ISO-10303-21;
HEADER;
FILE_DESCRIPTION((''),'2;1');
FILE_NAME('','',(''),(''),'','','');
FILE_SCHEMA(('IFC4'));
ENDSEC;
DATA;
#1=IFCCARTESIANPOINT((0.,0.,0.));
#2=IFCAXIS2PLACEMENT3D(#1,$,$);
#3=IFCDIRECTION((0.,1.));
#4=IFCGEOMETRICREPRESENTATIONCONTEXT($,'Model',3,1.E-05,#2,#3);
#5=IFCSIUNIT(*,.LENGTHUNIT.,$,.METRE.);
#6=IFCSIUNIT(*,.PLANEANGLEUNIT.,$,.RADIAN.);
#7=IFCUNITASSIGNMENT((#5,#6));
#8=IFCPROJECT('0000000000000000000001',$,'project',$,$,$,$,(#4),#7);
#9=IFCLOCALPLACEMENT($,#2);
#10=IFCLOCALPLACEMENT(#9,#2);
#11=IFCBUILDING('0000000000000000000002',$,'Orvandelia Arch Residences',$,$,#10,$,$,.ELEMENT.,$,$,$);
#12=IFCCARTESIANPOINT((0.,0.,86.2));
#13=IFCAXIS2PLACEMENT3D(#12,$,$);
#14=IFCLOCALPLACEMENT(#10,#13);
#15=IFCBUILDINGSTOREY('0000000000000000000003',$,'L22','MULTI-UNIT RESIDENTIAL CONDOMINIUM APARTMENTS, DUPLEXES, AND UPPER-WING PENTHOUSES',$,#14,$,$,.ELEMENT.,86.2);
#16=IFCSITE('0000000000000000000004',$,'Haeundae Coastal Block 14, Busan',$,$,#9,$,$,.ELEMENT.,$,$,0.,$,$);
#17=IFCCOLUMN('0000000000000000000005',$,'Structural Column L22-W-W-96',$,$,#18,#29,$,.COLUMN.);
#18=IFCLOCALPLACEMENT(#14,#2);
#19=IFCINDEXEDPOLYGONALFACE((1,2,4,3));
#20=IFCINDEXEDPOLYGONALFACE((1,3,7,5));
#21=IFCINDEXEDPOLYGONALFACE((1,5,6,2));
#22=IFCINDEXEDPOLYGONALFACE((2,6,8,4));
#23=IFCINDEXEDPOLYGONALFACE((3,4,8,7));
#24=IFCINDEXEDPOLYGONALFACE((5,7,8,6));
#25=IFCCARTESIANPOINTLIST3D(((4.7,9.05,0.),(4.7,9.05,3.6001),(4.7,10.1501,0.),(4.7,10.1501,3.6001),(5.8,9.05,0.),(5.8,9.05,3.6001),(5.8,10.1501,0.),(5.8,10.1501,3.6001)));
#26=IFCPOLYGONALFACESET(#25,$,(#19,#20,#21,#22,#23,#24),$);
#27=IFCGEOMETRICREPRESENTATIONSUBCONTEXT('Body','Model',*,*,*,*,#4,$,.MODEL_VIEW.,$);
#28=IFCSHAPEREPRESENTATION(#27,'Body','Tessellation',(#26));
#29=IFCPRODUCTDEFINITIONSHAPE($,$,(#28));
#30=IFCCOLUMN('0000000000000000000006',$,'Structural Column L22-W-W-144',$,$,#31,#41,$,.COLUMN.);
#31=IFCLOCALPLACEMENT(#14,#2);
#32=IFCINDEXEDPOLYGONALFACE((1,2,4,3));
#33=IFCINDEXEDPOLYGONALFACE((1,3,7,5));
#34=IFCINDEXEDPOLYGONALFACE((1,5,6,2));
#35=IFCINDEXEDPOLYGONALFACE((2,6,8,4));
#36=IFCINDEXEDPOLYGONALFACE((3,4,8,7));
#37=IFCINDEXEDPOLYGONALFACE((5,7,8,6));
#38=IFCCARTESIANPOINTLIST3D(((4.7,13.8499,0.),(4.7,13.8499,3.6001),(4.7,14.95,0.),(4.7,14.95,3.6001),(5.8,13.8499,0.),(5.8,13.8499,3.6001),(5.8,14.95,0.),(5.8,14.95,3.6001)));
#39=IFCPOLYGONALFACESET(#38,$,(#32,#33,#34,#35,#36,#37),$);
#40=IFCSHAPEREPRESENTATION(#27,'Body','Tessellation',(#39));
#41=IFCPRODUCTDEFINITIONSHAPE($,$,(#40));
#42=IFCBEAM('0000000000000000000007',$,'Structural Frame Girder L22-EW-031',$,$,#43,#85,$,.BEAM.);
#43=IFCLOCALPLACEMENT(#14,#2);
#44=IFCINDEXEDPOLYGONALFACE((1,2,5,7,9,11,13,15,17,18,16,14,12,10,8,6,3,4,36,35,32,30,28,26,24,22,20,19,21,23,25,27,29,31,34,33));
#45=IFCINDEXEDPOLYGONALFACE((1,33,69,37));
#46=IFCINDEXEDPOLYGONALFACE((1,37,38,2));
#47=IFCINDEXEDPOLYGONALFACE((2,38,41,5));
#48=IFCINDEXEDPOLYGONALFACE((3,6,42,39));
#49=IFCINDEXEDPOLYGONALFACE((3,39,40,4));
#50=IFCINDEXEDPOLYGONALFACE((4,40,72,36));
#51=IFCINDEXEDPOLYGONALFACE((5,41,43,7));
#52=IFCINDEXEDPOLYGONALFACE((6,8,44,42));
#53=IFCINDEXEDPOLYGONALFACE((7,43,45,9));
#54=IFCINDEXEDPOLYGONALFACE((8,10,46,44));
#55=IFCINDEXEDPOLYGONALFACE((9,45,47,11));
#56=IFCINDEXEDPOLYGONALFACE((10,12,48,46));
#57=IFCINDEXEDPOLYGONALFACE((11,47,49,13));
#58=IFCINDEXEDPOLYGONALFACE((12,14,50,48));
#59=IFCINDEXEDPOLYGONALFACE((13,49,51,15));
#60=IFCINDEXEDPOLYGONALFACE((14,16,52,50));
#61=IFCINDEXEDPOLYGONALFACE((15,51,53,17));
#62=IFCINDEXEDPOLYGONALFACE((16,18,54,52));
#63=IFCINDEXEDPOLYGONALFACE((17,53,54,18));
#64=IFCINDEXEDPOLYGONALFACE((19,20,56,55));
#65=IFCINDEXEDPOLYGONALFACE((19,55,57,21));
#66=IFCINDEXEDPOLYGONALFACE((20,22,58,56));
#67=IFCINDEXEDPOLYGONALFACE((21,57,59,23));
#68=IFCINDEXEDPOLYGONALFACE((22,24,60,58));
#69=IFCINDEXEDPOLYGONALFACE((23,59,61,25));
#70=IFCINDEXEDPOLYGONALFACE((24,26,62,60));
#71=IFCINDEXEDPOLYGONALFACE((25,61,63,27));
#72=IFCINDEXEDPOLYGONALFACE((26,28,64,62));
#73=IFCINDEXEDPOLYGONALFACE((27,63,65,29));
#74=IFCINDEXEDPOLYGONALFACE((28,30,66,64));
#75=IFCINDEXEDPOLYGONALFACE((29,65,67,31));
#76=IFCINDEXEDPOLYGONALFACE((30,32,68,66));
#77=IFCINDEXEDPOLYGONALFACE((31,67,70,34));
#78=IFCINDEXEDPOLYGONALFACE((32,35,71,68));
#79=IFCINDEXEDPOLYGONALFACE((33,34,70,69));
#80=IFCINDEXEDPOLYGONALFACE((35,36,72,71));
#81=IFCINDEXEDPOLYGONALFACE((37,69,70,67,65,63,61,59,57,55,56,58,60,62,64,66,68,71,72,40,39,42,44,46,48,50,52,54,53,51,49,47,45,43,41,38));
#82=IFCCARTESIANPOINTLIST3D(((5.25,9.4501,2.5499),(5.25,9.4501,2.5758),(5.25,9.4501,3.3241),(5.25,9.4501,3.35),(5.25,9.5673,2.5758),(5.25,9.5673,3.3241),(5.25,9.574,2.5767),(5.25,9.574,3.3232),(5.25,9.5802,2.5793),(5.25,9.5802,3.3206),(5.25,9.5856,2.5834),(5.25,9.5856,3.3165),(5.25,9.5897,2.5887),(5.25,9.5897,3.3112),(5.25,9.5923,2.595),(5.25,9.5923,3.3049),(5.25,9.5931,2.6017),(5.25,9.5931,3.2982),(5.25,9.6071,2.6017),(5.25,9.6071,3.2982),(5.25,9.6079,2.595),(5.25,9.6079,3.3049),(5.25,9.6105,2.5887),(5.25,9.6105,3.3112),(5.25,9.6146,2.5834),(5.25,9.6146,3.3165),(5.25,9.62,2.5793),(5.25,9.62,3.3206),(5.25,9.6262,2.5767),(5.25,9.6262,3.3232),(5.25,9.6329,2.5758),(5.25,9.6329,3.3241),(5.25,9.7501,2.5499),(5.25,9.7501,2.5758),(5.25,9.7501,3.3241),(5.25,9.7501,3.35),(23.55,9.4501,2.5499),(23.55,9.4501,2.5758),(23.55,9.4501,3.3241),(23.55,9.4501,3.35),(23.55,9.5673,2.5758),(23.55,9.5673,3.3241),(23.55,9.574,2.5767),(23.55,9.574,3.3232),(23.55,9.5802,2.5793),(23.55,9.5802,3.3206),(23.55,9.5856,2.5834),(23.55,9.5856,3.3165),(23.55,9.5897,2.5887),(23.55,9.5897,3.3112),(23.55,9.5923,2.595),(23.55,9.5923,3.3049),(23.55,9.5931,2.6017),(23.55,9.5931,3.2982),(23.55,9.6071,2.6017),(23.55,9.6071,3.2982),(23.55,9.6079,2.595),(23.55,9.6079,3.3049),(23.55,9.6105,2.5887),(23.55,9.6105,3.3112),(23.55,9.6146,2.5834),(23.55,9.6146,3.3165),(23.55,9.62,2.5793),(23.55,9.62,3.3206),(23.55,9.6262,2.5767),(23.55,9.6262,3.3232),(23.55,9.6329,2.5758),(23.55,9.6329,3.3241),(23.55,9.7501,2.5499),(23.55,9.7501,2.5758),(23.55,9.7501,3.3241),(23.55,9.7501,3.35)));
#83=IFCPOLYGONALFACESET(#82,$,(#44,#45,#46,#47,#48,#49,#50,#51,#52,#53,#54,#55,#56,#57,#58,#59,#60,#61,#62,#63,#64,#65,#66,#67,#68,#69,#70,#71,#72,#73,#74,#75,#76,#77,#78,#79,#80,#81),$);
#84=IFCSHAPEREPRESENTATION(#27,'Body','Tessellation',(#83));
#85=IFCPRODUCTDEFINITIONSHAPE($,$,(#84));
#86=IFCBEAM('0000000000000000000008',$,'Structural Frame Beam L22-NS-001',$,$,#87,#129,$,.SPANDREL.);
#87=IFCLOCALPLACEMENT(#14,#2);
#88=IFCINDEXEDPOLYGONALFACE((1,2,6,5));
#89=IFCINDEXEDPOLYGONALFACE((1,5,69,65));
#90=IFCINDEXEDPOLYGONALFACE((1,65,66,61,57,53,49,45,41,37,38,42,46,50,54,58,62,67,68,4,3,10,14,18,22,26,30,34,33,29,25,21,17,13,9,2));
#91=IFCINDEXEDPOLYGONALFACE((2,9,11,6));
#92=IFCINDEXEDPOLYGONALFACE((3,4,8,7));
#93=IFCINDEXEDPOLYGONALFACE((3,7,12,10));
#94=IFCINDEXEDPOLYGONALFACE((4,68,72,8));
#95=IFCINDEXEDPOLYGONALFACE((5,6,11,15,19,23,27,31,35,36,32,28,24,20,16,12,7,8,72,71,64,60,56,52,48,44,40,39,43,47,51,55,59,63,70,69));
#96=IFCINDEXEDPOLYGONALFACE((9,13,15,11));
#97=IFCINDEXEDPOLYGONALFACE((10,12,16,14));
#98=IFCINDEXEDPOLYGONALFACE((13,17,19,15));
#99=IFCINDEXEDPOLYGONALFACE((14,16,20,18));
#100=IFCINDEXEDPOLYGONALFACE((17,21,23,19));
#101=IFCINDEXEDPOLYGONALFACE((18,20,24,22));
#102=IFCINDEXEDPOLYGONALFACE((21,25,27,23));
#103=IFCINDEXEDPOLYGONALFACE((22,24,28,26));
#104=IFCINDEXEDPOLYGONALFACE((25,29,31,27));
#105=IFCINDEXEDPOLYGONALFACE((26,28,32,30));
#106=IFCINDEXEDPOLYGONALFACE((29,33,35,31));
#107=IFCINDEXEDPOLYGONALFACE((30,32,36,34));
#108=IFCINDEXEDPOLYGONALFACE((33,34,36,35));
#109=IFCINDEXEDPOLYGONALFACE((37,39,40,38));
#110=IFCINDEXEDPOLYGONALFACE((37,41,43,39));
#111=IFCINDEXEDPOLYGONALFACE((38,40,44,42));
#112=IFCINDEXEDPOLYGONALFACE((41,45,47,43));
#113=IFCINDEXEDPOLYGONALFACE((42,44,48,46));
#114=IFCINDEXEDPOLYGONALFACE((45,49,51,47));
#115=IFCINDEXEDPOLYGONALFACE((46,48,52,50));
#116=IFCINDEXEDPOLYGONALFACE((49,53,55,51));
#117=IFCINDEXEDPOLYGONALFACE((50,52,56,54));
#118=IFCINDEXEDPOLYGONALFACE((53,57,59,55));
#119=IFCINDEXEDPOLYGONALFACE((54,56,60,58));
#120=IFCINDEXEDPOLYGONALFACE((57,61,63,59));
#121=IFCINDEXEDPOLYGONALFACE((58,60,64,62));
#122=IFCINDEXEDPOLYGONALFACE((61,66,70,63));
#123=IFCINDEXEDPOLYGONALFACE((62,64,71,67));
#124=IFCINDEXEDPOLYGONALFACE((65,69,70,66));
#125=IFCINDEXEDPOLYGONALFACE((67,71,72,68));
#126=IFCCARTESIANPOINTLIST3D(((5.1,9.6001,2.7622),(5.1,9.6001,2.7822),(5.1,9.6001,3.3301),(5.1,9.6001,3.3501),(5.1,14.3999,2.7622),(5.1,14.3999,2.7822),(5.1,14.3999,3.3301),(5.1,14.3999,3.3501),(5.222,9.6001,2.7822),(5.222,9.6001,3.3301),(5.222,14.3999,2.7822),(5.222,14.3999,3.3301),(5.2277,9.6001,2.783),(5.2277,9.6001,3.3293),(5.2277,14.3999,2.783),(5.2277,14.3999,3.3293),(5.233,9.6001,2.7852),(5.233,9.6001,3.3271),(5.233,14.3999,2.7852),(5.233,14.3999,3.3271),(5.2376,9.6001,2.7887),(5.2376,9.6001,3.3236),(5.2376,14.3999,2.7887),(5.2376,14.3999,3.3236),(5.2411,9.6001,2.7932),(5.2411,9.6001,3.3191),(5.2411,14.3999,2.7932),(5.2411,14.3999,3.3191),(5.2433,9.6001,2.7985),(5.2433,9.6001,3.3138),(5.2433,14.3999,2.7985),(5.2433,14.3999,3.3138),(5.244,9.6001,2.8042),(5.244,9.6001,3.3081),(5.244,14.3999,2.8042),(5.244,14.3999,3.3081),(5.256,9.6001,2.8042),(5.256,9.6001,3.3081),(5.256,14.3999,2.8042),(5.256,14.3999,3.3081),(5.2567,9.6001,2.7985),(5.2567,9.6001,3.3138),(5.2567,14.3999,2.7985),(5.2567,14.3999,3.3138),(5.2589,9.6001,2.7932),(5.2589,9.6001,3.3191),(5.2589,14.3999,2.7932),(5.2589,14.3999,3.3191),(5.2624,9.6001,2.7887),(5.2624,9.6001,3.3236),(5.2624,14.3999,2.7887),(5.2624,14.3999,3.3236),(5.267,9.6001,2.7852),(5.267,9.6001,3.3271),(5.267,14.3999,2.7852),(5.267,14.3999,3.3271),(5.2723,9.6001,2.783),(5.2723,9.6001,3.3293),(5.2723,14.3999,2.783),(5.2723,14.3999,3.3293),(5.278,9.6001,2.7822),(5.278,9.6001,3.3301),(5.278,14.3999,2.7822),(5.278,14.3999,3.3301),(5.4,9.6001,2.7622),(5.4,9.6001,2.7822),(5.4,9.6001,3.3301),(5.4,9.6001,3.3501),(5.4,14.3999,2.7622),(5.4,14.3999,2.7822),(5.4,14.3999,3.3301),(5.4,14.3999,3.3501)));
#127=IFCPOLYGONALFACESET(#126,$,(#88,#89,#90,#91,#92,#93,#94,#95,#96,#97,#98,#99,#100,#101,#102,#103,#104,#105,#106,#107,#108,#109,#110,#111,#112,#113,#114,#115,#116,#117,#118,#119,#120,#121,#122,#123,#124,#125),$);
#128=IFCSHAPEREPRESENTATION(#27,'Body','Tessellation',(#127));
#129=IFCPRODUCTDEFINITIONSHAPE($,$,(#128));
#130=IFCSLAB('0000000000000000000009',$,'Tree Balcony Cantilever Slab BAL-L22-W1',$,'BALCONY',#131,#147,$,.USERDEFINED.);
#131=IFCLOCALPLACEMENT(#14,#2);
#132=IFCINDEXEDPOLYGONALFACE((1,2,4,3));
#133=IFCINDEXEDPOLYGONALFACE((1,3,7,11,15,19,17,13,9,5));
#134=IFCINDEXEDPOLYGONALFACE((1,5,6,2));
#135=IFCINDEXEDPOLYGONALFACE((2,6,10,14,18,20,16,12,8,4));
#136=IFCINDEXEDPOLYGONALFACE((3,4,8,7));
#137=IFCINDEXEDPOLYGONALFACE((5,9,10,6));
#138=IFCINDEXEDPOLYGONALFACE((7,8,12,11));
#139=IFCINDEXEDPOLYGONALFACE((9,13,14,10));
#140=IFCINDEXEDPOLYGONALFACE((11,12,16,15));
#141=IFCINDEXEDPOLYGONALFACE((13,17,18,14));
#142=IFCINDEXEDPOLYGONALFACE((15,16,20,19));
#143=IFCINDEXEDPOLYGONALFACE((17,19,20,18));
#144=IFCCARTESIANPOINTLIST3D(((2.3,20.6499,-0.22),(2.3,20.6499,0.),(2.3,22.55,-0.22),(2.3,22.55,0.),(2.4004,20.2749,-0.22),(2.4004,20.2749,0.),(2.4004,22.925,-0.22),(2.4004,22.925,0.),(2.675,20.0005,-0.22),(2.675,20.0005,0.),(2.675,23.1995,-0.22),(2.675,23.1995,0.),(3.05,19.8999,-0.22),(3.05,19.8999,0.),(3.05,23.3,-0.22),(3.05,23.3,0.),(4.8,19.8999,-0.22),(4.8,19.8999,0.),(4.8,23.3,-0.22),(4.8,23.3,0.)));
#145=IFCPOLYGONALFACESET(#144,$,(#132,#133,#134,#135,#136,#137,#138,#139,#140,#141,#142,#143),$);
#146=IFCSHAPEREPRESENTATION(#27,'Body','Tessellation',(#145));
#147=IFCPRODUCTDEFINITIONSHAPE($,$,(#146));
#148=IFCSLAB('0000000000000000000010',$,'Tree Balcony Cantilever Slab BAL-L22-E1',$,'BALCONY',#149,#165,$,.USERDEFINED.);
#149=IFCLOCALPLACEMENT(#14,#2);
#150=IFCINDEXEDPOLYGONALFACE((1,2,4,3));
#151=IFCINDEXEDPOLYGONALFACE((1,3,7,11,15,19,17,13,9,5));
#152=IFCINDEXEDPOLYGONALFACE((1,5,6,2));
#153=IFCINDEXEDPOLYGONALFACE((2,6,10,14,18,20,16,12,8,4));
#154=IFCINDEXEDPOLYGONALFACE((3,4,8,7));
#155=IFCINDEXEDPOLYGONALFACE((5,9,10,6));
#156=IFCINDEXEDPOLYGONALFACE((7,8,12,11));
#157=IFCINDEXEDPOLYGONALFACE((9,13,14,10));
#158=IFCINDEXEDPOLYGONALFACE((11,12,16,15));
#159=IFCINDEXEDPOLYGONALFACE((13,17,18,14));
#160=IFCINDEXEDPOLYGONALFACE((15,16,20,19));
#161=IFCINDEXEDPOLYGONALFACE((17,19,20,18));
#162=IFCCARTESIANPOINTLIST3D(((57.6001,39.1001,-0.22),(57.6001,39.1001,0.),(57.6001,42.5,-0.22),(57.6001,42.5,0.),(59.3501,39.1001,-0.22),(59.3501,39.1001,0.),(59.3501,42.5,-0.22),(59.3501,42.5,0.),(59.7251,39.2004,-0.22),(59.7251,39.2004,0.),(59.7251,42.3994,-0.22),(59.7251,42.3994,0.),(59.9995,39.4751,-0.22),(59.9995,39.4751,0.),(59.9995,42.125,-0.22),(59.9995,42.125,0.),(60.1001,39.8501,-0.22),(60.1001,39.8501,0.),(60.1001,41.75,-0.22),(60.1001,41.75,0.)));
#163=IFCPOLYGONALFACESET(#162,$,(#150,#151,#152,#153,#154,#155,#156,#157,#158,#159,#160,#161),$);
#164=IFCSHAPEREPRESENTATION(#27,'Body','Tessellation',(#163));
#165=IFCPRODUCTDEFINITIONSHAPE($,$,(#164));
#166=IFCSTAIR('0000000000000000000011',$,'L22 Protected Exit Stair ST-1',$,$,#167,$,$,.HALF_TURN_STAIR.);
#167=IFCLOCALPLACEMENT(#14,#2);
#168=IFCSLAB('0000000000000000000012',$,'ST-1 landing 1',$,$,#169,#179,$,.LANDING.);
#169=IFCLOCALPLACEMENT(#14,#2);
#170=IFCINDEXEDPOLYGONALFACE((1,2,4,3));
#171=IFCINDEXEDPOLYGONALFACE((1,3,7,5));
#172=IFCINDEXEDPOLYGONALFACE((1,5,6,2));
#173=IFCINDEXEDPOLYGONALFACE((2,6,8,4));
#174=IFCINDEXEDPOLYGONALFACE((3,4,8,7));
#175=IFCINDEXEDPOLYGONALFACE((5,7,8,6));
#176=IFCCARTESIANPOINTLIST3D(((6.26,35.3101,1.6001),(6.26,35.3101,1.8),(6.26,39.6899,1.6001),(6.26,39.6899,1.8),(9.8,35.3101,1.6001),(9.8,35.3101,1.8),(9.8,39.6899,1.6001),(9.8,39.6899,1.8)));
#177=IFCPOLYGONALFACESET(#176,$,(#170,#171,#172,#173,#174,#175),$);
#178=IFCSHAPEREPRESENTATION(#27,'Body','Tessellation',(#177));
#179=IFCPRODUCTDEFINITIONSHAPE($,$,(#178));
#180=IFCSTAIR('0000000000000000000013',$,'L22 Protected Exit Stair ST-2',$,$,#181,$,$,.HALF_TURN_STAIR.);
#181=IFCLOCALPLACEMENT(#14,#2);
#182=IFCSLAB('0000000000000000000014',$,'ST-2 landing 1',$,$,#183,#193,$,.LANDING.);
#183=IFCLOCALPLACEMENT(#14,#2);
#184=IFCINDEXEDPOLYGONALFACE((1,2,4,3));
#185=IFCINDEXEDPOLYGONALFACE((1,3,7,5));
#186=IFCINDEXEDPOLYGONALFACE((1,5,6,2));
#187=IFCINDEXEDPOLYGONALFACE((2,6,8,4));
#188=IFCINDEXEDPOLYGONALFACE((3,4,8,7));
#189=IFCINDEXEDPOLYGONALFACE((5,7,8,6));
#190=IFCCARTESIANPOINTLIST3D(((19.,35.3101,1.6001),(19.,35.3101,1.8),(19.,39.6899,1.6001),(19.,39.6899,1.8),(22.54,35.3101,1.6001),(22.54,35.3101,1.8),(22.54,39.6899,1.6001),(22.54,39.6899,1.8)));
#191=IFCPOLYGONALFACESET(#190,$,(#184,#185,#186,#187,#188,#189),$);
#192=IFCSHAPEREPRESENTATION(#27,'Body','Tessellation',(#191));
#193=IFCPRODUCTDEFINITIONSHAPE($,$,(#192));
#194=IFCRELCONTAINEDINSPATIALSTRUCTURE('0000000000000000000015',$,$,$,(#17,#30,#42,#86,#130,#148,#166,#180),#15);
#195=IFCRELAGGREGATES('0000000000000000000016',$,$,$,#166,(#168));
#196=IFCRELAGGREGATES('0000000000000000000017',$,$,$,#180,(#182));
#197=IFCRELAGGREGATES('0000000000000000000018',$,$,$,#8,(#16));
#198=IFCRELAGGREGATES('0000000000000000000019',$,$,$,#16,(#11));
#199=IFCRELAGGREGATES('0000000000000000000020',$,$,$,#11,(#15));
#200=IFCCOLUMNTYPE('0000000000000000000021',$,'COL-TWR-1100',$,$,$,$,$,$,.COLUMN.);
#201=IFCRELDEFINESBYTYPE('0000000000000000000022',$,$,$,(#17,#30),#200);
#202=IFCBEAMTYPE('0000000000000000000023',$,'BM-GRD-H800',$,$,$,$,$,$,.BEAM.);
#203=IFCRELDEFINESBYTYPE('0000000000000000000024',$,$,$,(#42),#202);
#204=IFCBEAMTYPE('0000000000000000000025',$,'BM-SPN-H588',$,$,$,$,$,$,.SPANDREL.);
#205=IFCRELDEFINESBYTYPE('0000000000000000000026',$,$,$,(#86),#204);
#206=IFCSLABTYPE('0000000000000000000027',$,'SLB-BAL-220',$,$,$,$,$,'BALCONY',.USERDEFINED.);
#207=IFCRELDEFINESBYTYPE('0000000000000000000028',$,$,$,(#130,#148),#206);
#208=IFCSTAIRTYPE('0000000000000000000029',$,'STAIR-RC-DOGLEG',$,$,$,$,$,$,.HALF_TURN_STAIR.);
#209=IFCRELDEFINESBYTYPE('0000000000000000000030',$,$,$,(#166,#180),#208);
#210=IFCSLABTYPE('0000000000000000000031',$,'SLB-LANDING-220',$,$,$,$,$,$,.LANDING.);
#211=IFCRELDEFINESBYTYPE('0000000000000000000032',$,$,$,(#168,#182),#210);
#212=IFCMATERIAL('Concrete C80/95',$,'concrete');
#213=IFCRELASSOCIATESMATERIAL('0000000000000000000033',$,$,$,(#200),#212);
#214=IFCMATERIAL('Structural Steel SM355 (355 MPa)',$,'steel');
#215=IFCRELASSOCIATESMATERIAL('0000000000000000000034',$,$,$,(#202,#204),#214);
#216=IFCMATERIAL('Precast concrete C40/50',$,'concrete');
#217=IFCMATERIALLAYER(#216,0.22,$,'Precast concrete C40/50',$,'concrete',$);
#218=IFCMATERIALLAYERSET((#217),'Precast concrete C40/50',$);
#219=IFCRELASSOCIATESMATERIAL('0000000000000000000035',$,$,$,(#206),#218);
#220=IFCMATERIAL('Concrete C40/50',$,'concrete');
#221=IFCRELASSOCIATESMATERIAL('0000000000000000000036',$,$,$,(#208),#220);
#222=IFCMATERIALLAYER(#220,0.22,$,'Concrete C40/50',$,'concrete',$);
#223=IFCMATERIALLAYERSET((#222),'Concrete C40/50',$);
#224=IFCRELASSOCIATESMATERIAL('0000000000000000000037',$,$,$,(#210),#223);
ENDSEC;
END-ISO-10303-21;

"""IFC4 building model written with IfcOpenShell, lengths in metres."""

from ifc_helpers import new_model, si_unit, direction, frame, origin, origin_2d, place, context, subcontext, project, spatial, polyline, rectangle, i_section, outline, extrude, material, layer, layer_set, material_profile, profile_set, type_object, element, aggregate, save


model = new_model("IFC4")

# Units and contexts
model_context = context("Model", 3, precision=1e-05, world=origin(), true_north=direction((0.0, 1.0)))
body_context = subcontext(model_context, "Body", "Model", "MODEL_VIEW")
ifc_project = project(units=[si_unit("LENGTHUNIT", "METRE"), si_unit("PLANEANGLEUNIT", "RADIAN")], contexts=[model_context])

# Site, building, storey
site_placement = place(None, origin())
site = spatial("IfcSite", under=ifc_project, at=site_placement, Name="Haeundae Coastal Block 14, Busan", CompositionType="ELEMENT", RefElevation=0.0)
building_placement = place(site_placement, origin())
building = spatial("IfcBuilding", under=site, at=building_placement, Name="Orvandelia Arch Residences", CompositionType="ELEMENT")
storey_placement = place(building_placement, frame((0.0, 0.0, 86.2)))
storey = spatial("IfcBuildingStorey", under=building, at=storey_placement, Name="L22", Description="MULTI-UNIT RESIDENTIAL CONDOMINIUM APARTMENTS, DUPLEXES, AND UPPER-WING PENTHOUSES", CompositionType="ELEMENT", Elevation=86.2)

# Columns
ifc_material_1 = material(Name="Concrete C80/95", Category="concrete")
ifc_material_profile_1 = material_profile(ifc_material_1, rectangle(XDim=1.1001, YDim=1.1001, at=origin_2d()), Name="Concrete C80/95", Category="concrete")
ifc_profile_set_1 = profile_set([ifc_material_profile_1], Name="Concrete C80/95")
column_type = type_object("IfcColumnType", Name="COL-TWR-1100", PredefinedType="COLUMN", material=ifc_profile_set_1)
for number, where, z_axis, x_axis, name in (
    (1, (5.25, 9.6001, 0.0), (0.0, 0.0, 1.0), (1.0, 0.0, 0.0), "Structural Column L22-W-W-96"),
    (2, (5.25, 14.3999, 0.0), (0.0, 0.0, 1.0), (1.0, 0.0, 0.0), "Structural Column L22-W-W-144"),
):
    element("IfcColumn", number, at=place(storey_placement, frame(where, z_axis=z_axis, x_axis=x_axis)), inside=storey, type_object=column_type, Name=name, PredefinedType="COLUMN", context=body_context, shape_type="SweptSolid", body=[
        extrude(rectangle(XDim=1.1001, YDim=1.1001, at=origin_2d()), origin(), (0.0, 0.0, 1.0), 3.6001),
    ])

# Beams
ifc_material_2 = material(Name="Structural Steel SM355 (355 MPa)", Category="steel")
ifc_material_profile_2 = material_profile(ifc_material_2, i_section(OverallWidth=0.3, OverallDepth=0.8, WebThickness=0.0139, FlangeThickness=0.0259, FilletRadius=0.0259, at=origin_2d()), Name="Structural Steel SM355 (355 MPa)", Category="steel")
ifc_profile_set_2 = profile_set([ifc_material_profile_2], Name="Structural Steel SM355 (355 MPa)")
beam_type_1 = type_object("IfcBeamType", Name="BM-GRD-H800", PredefinedType="BEAM", material=ifc_profile_set_2)
beam_1_placement = place(storey_placement, frame((5.25, 9.6001, 2.95), z_axis=(1.0, 0.0, 0.0), x_axis=(0.0, 1.0, 0.0)))
element("IfcBeam", 3, at=beam_1_placement, inside=storey, type_object=beam_type_1, Name="Structural Frame Girder L22-EW-031", PredefinedType="BEAM", context=body_context, shape_type="SweptSolid", body=[
    extrude(i_section(OverallWidth=0.3, OverallDepth=0.8, WebThickness=0.0139, FlangeThickness=0.0259, FilletRadius=0.0259, at=origin_2d()), origin(), (0.0, 0.0, 1.0), 18.3),
])
ifc_material_profile_3 = material_profile(ifc_material_2, i_section(OverallWidth=0.3, OverallDepth=0.5879, WebThickness=0.012, FlangeThickness=0.02, FilletRadius=0.022, at=origin_2d()), Name="Structural Steel SM355 (355 MPa)", Category="steel")
ifc_profile_set_3 = profile_set([ifc_material_profile_3], Name="Structural Steel SM355 (355 MPa)")
beam_type_2 = type_object("IfcBeamType", Name="BM-SPN-H588", PredefinedType="SPANDREL", material=ifc_profile_set_3)
beam_2_placement = place(storey_placement, frame((5.25, 9.6001, 3.0562), z_axis=(0.0, 1.0, 0.0), x_axis=(-1.0, 0.0, 0.0)))
element("IfcBeam", 4, at=beam_2_placement, inside=storey, type_object=beam_type_2, Name="Structural Frame Beam L22-NS-001", PredefinedType="SPANDREL", context=body_context, shape_type="SweptSolid", body=[
    extrude(i_section(OverallWidth=0.3, OverallDepth=0.5879, WebThickness=0.012, FlangeThickness=0.02, FilletRadius=0.022, at=origin_2d()), origin(), (0.0, 0.0, 1.0), 4.7998),
])

# Slabs
ifc_material_3 = material(Name="Precast concrete C40/50", Category="concrete")
ifc_layer_1 = layer(ifc_material_3, 0.22, Name="Precast concrete C40/50", Category="concrete")
ifc_layer_set_1 = layer_set([ifc_layer_1], Name="Precast concrete C40/50")
slab_type_1 = type_object("IfcSlabType", Name="SLB-BAL-220", ElementType="BALCONY", PredefinedType="USERDEFINED", material=ifc_layer_set_1)
slab_1_placement = place(storey_placement, frame((0.0, 0.0, -0.22)))
element("IfcSlab", 5, at=slab_1_placement, inside=storey, type_object=slab_type_1, Name="Tree Balcony Cantilever Slab BAL-L22-W1", ObjectType="BALCONY", PredefinedType="USERDEFINED", context=body_context, shape_type="SweptSolid", body=[
    extrude(outline(polyline([(4.8, 19.8999), (4.8, 23.3), (3.05, 23.3), (2.675, 23.1995), (2.4004, 22.925), (2.3, 22.55), (2.3, 20.6499), (2.4004, 20.2749), (2.675, 20.0005), (3.05, 19.8999), (4.8, 19.8999)])), origin(), (0.0, 0.0, 1.0), 0.22),
])
slab_2_placement = place(storey_placement, frame((0.0, 0.0, -0.22)))
element("IfcSlab", 6, at=slab_2_placement, inside=storey, type_object=slab_type_1, Name="Tree Balcony Cantilever Slab BAL-L22-E1", ObjectType="BALCONY", PredefinedType="USERDEFINED", context=body_context, shape_type="SweptSolid", body=[
    extrude(outline(polyline([(57.6001, 42.5), (57.6001, 39.1001), (59.3501, 39.1001), (59.7251, 39.2004), (59.9995, 39.4751), (60.1001, 39.8501), (60.1001, 41.75), (59.9995, 42.125), (59.7251, 42.3994), (59.3501, 42.5), (57.6001, 42.5)])), origin(), (0.0, 0.0, 1.0), 0.22),
])

# Stairs, slabs
ifc_material_4 = material(Name="Concrete C40/50", Category="concrete")
stair_type = type_object("IfcStairType", Name="STAIR-RC-DOGLEG", PredefinedType="HALF_TURN_STAIR", material=ifc_material_4)
stair_1_placement = place(storey_placement, origin())
stair_1 = element("IfcStair", 7, at=stair_1_placement, inside=storey, type_object=stair_type, Name="L22 Protected Exit Stair ST-1", PredefinedType="HALF_TURN_STAIR")
ifc_layer_2 = layer(ifc_material_4, 0.22, Name="Concrete C40/50", Category="concrete")
ifc_layer_set_2 = layer_set([ifc_layer_2], Name="Concrete C40/50")
slab_type_2 = type_object("IfcSlabType", Name="SLB-LANDING-220", PredefinedType="LANDING", material=ifc_layer_set_2)
slab_3_placement = place(storey_placement, frame((0.0, 0.0, 1.6001)))
slab_3 = element("IfcSlab", 8, at=slab_3_placement, type_object=slab_type_2, Name="ST-1 landing 1", PredefinedType="LANDING", context=body_context, shape_type="SweptSolid", body=[
    extrude(outline(polyline([(9.8, 35.3101), (9.8, 39.6899), (6.26, 39.6899), (6.26, 35.3101), (9.8, 35.3101)])), origin(), (0.0, 0.0, 1.0), 0.2),
])
aggregate(stair_1, [slab_3])
stair_2_placement = place(storey_placement, origin())
stair_2 = element("IfcStair", 9, at=stair_2_placement, inside=storey, type_object=stair_type, Name="L22 Protected Exit Stair ST-2", PredefinedType="HALF_TURN_STAIR")
slab_4_placement = place(storey_placement, frame((0.0, 0.0, 1.6001)))
slab_4 = element("IfcSlab", 10, at=slab_4_placement, type_object=slab_type_2, Name="ST-2 landing 1", PredefinedType="LANDING", context=body_context, shape_type="SweptSolid", body=[
    extrude(outline(polyline([(22.54, 35.3101), (22.54, 39.6899), (19.0, 39.6899), (19.0, 35.3101), (22.54, 35.3101)])), origin(), (0.0, 0.0, 1.0), 0.2),
])
aggregate(stair_2, [slab_4])

save(model, "model.ifc")
